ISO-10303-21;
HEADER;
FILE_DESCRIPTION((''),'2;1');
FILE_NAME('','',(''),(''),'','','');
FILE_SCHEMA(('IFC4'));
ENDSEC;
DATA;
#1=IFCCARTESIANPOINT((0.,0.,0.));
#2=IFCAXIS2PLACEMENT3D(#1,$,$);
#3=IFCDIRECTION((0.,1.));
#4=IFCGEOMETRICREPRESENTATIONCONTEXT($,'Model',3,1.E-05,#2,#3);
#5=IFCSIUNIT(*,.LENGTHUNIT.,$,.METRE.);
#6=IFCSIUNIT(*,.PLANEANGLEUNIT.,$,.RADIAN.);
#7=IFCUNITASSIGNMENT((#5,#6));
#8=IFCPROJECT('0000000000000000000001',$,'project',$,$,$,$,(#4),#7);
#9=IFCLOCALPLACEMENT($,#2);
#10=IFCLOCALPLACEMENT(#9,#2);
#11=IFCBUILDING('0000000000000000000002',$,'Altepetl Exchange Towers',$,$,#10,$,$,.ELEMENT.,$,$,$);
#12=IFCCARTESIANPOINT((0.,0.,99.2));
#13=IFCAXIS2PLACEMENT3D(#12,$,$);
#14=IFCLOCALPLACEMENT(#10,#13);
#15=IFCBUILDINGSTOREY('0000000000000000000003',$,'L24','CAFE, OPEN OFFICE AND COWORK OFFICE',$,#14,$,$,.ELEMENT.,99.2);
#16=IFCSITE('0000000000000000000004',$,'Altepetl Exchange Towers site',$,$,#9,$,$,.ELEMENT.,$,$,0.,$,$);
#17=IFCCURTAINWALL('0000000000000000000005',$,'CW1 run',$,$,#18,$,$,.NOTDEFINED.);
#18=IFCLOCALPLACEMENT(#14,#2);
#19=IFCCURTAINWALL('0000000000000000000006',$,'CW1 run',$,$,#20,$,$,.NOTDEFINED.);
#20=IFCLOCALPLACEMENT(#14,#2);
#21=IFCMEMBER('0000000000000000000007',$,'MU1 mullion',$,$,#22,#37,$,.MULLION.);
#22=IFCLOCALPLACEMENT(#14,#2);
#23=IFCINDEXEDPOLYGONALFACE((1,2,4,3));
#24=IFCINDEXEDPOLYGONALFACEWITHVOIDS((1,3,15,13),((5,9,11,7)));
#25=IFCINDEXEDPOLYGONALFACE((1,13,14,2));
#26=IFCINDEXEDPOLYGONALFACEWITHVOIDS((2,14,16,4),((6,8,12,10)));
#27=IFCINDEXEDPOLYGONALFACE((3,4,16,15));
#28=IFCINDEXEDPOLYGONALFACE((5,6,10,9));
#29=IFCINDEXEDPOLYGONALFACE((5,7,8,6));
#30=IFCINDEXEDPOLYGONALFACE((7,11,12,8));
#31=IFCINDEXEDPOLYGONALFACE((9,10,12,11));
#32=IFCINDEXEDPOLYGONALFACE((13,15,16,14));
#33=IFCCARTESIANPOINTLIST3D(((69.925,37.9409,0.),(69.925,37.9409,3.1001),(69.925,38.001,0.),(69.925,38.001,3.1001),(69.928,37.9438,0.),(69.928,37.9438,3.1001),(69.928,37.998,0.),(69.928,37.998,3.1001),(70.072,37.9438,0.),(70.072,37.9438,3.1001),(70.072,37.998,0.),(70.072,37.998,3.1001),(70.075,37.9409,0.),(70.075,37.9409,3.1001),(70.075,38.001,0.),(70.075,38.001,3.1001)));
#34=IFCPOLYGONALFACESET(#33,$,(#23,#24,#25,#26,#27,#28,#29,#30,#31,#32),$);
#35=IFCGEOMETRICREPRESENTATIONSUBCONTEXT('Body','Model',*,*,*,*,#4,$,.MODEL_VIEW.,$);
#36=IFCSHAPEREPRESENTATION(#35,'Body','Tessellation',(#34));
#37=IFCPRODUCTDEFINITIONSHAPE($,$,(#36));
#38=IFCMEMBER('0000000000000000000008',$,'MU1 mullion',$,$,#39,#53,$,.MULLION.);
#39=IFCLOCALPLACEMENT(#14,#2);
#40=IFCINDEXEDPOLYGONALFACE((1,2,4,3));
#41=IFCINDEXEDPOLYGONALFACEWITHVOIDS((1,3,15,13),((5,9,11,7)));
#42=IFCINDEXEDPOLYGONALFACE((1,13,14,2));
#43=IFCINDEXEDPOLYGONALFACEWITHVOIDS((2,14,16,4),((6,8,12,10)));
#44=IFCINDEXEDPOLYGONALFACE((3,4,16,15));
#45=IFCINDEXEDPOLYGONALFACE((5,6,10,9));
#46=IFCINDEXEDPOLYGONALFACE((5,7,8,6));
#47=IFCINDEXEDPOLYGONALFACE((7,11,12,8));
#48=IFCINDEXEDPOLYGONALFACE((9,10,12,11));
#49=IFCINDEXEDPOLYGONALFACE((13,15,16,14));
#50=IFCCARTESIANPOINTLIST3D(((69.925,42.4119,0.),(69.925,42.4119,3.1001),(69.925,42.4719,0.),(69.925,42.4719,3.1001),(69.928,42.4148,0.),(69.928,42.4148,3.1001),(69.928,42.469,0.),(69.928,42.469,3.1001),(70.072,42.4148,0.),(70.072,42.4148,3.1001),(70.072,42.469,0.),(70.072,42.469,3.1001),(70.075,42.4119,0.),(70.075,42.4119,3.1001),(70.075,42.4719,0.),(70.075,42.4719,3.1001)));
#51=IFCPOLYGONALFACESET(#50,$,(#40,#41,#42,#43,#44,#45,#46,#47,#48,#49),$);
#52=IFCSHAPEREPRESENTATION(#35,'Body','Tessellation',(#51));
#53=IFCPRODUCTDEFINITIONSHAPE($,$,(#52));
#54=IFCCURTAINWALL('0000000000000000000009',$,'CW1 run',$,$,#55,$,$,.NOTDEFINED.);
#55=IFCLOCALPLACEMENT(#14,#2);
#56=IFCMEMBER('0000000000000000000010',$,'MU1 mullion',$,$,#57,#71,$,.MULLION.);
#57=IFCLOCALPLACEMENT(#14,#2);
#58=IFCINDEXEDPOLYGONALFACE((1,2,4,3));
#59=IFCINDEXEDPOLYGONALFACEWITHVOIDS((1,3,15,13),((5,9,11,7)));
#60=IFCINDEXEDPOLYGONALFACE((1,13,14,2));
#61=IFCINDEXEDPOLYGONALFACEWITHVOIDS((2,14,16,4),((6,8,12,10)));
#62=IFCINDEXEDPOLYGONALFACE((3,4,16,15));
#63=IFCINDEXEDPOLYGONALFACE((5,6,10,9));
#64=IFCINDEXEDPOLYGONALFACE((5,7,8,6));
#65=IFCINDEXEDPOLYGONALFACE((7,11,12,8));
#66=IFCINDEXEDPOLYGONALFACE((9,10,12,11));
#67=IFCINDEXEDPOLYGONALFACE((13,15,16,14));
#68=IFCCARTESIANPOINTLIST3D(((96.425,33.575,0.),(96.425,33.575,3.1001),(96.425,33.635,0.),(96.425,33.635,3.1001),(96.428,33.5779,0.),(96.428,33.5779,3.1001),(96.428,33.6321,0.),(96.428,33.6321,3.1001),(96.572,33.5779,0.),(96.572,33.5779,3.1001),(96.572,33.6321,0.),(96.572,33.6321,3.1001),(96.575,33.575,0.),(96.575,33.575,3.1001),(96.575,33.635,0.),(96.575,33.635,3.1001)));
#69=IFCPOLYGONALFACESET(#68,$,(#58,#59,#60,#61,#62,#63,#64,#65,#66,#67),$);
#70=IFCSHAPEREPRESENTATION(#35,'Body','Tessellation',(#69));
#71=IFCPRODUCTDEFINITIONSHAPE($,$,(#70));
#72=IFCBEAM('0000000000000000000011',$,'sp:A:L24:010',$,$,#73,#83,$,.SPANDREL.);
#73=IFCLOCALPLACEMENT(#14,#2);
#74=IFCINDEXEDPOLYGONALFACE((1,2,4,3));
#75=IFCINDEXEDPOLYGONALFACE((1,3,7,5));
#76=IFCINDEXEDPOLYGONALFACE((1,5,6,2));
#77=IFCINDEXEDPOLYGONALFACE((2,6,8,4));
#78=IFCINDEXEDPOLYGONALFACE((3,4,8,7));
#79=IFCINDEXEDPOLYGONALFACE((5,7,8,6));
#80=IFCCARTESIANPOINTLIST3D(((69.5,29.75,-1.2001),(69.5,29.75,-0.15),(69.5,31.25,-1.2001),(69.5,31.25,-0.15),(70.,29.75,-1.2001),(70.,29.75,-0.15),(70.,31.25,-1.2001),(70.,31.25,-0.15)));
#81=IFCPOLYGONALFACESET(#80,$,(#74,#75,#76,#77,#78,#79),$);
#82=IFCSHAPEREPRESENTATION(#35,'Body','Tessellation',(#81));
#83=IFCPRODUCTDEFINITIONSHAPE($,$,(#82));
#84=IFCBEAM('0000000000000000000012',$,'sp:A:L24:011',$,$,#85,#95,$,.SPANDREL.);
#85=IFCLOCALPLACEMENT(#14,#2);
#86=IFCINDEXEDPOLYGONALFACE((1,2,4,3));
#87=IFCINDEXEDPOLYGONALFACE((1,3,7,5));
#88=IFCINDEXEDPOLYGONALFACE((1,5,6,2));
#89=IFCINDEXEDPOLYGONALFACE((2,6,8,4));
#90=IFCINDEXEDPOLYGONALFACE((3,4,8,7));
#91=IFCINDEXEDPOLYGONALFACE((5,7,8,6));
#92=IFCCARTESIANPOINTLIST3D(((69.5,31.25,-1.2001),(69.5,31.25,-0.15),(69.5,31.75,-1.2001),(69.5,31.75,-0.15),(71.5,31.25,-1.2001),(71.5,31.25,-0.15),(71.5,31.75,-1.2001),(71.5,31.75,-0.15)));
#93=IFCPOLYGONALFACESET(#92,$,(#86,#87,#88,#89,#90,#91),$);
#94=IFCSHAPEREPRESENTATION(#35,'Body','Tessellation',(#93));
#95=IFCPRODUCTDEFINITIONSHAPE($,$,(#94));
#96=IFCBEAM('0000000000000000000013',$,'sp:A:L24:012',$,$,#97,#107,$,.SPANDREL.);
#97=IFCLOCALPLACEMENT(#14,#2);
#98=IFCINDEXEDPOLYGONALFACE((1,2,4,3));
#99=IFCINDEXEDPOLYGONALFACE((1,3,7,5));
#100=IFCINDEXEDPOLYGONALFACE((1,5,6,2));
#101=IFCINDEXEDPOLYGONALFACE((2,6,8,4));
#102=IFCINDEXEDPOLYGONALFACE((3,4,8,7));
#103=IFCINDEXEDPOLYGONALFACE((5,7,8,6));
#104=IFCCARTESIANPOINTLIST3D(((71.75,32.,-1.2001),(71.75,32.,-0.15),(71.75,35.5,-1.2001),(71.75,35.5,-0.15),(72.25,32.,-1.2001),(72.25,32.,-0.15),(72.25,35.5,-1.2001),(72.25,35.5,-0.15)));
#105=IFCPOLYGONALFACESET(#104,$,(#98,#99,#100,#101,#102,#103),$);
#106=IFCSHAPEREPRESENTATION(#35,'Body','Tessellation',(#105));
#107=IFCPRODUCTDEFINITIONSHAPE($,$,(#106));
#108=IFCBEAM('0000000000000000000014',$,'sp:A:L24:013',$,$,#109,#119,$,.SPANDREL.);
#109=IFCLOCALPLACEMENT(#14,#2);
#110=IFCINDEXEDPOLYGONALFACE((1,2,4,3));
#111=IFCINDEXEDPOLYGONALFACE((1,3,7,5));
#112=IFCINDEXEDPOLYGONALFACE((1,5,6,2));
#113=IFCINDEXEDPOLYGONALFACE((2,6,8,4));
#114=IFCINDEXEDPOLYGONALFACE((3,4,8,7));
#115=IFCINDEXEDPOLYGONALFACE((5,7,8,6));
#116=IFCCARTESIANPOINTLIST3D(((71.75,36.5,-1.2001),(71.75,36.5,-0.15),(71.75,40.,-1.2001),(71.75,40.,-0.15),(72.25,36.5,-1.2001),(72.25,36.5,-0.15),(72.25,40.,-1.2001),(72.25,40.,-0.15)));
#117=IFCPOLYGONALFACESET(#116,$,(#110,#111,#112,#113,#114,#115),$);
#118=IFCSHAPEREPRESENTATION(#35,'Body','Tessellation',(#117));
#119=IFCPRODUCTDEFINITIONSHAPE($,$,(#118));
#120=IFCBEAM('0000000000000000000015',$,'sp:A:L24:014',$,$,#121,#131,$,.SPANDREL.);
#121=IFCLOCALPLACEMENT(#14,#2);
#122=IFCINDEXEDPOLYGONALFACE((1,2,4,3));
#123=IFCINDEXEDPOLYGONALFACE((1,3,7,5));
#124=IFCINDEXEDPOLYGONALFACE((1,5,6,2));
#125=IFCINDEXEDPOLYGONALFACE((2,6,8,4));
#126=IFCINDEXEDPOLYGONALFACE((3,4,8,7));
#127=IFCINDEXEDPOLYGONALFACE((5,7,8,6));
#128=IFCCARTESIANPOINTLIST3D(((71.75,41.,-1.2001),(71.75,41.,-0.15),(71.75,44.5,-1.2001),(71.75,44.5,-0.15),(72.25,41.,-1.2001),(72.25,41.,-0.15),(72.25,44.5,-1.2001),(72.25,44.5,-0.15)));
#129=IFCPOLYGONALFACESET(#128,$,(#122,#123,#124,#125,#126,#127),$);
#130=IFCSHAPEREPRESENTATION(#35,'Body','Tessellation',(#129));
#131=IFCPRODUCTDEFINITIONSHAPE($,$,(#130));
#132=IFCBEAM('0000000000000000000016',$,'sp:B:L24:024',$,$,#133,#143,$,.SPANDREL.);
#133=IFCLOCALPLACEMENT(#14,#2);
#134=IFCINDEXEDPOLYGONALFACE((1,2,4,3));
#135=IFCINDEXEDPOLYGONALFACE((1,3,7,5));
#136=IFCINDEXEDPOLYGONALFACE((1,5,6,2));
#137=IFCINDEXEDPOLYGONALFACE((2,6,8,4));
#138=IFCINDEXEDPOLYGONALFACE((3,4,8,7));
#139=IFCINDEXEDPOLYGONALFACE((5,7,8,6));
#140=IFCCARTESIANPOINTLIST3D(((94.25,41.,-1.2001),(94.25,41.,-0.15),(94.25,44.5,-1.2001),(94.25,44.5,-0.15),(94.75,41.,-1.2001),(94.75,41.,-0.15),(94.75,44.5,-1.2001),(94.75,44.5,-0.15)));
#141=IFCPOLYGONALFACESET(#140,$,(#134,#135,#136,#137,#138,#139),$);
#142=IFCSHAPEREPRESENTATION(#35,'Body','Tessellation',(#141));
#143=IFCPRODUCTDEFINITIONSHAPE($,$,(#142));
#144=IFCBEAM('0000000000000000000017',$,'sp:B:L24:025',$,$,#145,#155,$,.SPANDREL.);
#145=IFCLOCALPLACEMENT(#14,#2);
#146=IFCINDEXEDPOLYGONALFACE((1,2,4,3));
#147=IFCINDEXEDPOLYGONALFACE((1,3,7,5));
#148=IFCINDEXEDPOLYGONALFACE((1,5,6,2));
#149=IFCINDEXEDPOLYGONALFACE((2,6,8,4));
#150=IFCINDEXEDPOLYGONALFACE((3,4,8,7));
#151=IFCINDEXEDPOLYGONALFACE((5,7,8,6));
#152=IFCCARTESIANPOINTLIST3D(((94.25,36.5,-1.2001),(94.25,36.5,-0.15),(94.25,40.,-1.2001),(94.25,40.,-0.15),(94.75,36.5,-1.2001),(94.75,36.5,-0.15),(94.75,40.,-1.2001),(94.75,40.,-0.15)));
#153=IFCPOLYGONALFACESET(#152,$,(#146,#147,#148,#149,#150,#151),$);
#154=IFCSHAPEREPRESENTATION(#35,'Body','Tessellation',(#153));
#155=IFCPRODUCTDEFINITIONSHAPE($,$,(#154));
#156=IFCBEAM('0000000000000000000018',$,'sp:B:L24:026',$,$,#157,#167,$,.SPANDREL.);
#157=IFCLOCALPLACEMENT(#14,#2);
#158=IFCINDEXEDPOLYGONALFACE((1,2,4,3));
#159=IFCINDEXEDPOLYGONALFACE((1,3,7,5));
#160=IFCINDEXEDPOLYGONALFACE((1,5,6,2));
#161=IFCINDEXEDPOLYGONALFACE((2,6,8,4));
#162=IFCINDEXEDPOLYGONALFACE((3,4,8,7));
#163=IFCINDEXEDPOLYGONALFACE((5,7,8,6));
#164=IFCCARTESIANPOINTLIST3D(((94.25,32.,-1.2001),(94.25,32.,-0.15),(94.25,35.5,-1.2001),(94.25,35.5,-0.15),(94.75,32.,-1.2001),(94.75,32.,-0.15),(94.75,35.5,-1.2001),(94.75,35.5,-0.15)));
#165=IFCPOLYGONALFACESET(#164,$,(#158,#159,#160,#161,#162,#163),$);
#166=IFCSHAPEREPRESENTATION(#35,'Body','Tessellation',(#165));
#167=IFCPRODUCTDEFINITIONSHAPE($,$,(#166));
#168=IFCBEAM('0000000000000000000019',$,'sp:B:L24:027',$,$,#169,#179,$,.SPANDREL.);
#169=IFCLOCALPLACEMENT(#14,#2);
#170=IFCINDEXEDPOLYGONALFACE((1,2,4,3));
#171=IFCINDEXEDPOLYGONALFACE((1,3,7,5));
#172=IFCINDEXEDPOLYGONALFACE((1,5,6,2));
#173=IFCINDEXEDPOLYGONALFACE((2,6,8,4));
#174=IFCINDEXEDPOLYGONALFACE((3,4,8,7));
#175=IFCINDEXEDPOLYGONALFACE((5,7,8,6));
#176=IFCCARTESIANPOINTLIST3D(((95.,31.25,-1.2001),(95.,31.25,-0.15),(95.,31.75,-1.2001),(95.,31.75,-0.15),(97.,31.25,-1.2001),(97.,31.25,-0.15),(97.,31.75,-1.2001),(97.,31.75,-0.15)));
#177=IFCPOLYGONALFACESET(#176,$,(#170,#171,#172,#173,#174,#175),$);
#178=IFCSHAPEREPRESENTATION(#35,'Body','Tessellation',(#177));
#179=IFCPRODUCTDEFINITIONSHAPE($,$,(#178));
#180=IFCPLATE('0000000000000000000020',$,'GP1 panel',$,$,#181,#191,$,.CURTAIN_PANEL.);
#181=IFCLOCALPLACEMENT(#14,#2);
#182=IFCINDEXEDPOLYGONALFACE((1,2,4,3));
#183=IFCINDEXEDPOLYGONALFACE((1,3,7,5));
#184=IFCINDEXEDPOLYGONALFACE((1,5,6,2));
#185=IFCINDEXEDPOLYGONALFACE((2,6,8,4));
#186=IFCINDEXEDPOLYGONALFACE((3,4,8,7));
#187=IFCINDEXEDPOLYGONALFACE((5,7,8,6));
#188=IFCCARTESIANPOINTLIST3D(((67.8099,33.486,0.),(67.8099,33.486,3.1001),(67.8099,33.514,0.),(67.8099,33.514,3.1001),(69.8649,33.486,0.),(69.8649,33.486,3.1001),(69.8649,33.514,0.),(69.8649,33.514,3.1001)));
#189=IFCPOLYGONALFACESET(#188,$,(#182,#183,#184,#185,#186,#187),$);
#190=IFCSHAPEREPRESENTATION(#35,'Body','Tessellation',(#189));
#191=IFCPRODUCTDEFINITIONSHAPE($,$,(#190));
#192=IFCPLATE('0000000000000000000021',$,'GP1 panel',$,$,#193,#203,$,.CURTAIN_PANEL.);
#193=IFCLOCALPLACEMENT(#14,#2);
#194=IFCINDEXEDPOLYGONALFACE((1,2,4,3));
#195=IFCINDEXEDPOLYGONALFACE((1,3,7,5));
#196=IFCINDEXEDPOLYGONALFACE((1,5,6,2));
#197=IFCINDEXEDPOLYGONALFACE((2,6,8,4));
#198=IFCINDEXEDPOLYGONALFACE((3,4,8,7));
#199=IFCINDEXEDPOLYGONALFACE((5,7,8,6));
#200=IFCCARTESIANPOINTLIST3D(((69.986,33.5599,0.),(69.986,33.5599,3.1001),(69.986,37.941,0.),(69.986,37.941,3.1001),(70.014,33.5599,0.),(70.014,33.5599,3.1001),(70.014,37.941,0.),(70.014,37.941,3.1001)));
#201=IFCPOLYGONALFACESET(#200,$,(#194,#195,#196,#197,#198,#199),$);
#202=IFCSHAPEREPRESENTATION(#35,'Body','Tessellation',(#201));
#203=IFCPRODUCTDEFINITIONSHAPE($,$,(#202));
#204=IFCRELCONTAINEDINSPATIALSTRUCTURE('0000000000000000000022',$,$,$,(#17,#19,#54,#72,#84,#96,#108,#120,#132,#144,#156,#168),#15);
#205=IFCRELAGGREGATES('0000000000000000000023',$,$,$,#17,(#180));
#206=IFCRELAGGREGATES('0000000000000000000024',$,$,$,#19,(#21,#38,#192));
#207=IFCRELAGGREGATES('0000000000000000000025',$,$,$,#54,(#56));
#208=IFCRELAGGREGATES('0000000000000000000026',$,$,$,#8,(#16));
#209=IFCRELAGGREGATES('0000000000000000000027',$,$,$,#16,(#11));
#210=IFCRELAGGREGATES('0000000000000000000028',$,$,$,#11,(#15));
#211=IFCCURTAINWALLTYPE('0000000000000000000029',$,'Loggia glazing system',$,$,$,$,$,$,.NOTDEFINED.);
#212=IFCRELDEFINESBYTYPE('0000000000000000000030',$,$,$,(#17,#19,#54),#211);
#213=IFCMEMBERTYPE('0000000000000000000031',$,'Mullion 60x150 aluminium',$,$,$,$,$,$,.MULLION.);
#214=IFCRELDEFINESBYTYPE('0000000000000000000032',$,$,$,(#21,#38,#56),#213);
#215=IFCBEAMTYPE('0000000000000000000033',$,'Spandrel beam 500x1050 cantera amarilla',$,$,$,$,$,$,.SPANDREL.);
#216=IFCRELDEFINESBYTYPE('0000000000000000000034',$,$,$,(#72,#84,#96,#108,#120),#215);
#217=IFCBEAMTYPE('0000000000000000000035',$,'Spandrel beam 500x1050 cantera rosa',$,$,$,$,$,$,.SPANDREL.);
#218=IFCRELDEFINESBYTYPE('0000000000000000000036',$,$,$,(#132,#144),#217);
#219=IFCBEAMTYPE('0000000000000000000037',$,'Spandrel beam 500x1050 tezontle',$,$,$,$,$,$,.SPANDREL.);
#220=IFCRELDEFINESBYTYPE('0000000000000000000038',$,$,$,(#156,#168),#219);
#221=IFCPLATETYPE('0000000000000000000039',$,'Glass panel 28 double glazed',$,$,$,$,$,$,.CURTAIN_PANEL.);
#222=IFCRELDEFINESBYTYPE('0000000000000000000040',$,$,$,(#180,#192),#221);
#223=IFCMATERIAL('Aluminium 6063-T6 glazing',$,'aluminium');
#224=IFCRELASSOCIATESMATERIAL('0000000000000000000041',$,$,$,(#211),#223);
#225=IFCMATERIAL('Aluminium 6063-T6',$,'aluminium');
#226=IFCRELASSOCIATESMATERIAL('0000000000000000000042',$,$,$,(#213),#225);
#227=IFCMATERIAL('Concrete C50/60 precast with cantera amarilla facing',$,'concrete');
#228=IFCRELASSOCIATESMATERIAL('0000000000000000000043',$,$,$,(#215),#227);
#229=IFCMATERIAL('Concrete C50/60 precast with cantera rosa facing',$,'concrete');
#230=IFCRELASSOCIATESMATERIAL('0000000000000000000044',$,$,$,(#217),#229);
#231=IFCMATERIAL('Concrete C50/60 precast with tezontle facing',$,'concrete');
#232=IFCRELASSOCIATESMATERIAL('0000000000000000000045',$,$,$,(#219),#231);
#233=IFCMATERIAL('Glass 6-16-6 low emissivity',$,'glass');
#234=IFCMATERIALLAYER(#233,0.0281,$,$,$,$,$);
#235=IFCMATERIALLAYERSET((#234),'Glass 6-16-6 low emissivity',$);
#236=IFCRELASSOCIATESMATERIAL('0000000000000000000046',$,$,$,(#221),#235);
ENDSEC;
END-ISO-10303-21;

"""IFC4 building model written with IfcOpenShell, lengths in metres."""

from ifc_helpers import new_model, si_unit, direction, frame, origin, origin_2d, place, context, subcontext, project, spatial, rectangle, hollow_rectangle, extrude, material, layer, layer_set, material_profile, profile_set, type_object, element, aggregate, save


model = new_model("IFC4")

# Units and contexts
model_context = context("Model", 3, precision=1e-05, world=origin(), true_north=direction((0.0, 1.0)))
body_context = subcontext(model_context, "Body", "Model", "MODEL_VIEW")
ifc_project = project(units=[si_unit("LENGTHUNIT", "METRE"), si_unit("PLANEANGLEUNIT", "RADIAN")], contexts=[model_context])

# Site, building, storey
site_placement = place(None, origin())
site = spatial("IfcSite", under=ifc_project, at=site_placement, Name="Altepetl Exchange Towers site", CompositionType="ELEMENT", RefElevation=0.0)
building_placement = place(site_placement, origin())
building = spatial("IfcBuilding", under=site, at=building_placement, Name="Altepetl Exchange Towers", CompositionType="ELEMENT")
storey_placement = place(building_placement, frame((0.0, 0.0, 99.2)))
storey = spatial("IfcBuildingStorey", under=building, at=storey_placement, Name="L24", Description="CAFE, OPEN OFFICE AND COWORK OFFICE", CompositionType="ELEMENT", Elevation=99.2)

# Curtain wall
ifc_material_1 = material(Name="Aluminium 6063-T6 glazing", Category="aluminium")
curtain_wall_type = type_object("IfcCurtainWallType", Name="Loggia glazing system", PredefinedType="NOTDEFINED", material=ifc_material_1)
curtain_wall_1_placement = place(storey_placement, origin())
curtain_wall_1 = element("IfcCurtainWall", 1, at=curtain_wall_1_placement, inside=storey, type_object=curtain_wall_type, Name="CW1 run", PredefinedType="NOTDEFINED")
ifc_material_2 = material(Name="Aluminium 6063-T6", Category="aluminium")
ifc_material_profile_1 = material_profile(ifc_material_2, hollow_rectangle(XDim=0.0601, YDim=0.1499, WallThickness=0.0029, at=origin_2d()), Name="Mullion 60x150 aluminium")
ifc_profile_set_1 = profile_set([ifc_material_profile_1], Name="Aluminium 6063-T6")
member_type = type_object("IfcMemberType", Name="Mullion 60x150 aluminium", PredefinedType="MULLION", material=ifc_profile_set_1)

# Curtain wall, members
curtain_wall_2_placement = place(storey_placement, origin())
curtain_wall_2 = element("IfcCurtainWall", 2, at=curtain_wall_2_placement, inside=storey, type_object=curtain_wall_type, Name="CW1 run", PredefinedType="NOTDEFINED")
member_1_placement = place(storey_placement, frame((70.0, 37.9709, 0.0), z_axis=(0.0, 0.0, 1.0), x_axis=(0.0, 1.0, 0.0)))
member_1 = element("IfcMember", 3, at=member_1_placement, type_object=member_type, Name="MU1 mullion", PredefinedType="MULLION", context=body_context, shape_type="SweptSolid", body=[
    extrude(hollow_rectangle(XDim=0.0601, YDim=0.1499, WallThickness=0.0029, at=origin_2d()), origin(), (0.0, 0.0, 1.0), 3.1001),
])
member_2_placement = place(storey_placement, frame((70.0, 42.4419, 0.0), z_axis=(0.0, 0.0, 1.0), x_axis=(0.0, 1.0, 0.0)))
member_2 = element("IfcMember", 4, at=member_2_placement, type_object=member_type, Name="MU1 mullion", PredefinedType="MULLION", context=body_context, shape_type="SweptSolid", body=[
    extrude(hollow_rectangle(XDim=0.0601, YDim=0.1499, WallThickness=0.0029, at=origin_2d()), origin(), (0.0, 0.0, 1.0), 3.1001),
])

# Curtain wall, member
curtain_wall_3_placement = place(storey_placement, origin())
curtain_wall_3 = element("IfcCurtainWall", 5, at=curtain_wall_3_placement, inside=storey, type_object=curtain_wall_type, Name="CW1 run", PredefinedType="NOTDEFINED")
member_3_placement = place(storey_placement, frame((96.5, 33.605, 0.0), z_axis=(0.0, 0.0, 1.0), x_axis=(0.0, -1.0, 0.0)))
member_3 = element("IfcMember", 6, at=member_3_placement, type_object=member_type, Name="MU1 mullion", PredefinedType="MULLION", context=body_context, shape_type="SweptSolid", body=[
    extrude(hollow_rectangle(XDim=0.0601, YDim=0.1499, WallThickness=0.0029, at=origin_2d()), origin(), (0.0, 0.0, 1.0), 3.1001),
])

# Beams
ifc_material_3 = material(Name="Concrete C50/60 precast with cantera amarilla facing", Category="concrete")
ifc_material_profile_2 = material_profile(ifc_material_3, rectangle(XDim=0.5, YDim=1.05, at=origin_2d()), Name="500 x 1050")
ifc_profile_set_2 = profile_set([ifc_material_profile_2], Name="Concrete C50/60 precast with cantera amarilla facing")
beam_type_1 = type_object("IfcBeamType", Name="Spandrel beam 500x1050 cantera amarilla", PredefinedType="SPANDREL", material=ifc_profile_set_2)
beam_1_placement = place(storey_placement, frame((69.75, 29.75, -0.675), z_axis=(0.0, 1.0, 0.0), x_axis=(-1.0, 0.0, 0.0)))
element("IfcBeam", 7, at=beam_1_placement, inside=storey, type_object=beam_type_1, Name="sp:A:L24:010", PredefinedType="SPANDREL", context=body_context, shape_type="SweptSolid", body=[
    extrude(rectangle(XDim=0.5, YDim=1.05, at=origin_2d()), origin(), (0.0, 0.0, 1.0), 1.5),
])
beam_2_placement = place(storey_placement, frame((69.5, 31.5, -0.675), z_axis=(1.0, 0.0, 0.0), x_axis=(0.0, 1.0, 0.0)))
element("IfcBeam", 8, at=beam_2_placement, inside=storey, type_object=beam_type_1, Name="sp:A:L24:011", PredefinedType="SPANDREL", context=body_context, shape_type="SweptSolid", body=[
    extrude(rectangle(XDim=0.5, YDim=1.05, at=origin_2d()), origin(), (0.0, 0.0, 1.0), 2.0),
])
for number, where, z_axis, x_axis, name in (
    (9, (72.0, 32.0, -0.675), (0.0, 1.0, 0.0), (-1.0, 0.0, 0.0), "sp:A:L24:012"),
    (10, (72.0, 36.5, -0.675), (0.0, 1.0, 0.0), (-1.0, 0.0, 0.0), "sp:A:L24:013"),
    (11, (72.0, 41.0, -0.675), (0.0, 1.0, 0.0), (-1.0, 0.0, 0.0), "sp:A:L24:014"),
):
    element("IfcBeam", number, at=place(storey_placement, frame(where, z_axis=z_axis, x_axis=x_axis)), inside=storey, type_object=beam_type_1, Name=name, PredefinedType="SPANDREL", context=body_context, shape_type="SweptSolid", body=[
        extrude(rectangle(XDim=0.5, YDim=1.05, at=origin_2d()), origin(), (0.0, 0.0, 1.0), 3.5),
    ])
ifc_material_4 = material(Name="Concrete C50/60 precast with cantera rosa facing", Category="concrete")
ifc_material_profile_3 = material_profile(ifc_material_4, rectangle(XDim=0.5, YDim=1.05, at=origin_2d()), Name="500 x 1050")
ifc_profile_set_3 = profile_set([ifc_material_profile_3], Name="Concrete C50/60 precast with cantera rosa facing")
beam_type_2 = type_object("IfcBeamType", Name="Spandrel beam 500x1050 cantera rosa", PredefinedType="SPANDREL", material=ifc_profile_set_3)
for number, where, z_axis, x_axis, name in (
    (12, (94.5, 44.5, -0.675), (0.0, -1.0, 0.0), (1.0, 0.0, 0.0), "sp:B:L24:024"),
    (13, (94.5, 40.0, -0.675), (0.0, -1.0, 0.0), (1.0, 0.0, 0.0), "sp:B:L24:025"),
):
    element("IfcBeam", number, at=place(storey_placement, frame(where, z_axis=z_axis, x_axis=x_axis)), inside=storey, type_object=beam_type_2, Name=name, PredefinedType="SPANDREL", context=body_context, shape_type="SweptSolid", body=[
        extrude(rectangle(XDim=0.5, YDim=1.05, at=origin_2d()), origin(), (0.0, 0.0, 1.0), 3.5),
    ])
ifc_material_5 = material(Name="Concrete C50/60 precast with tezontle facing", Category="concrete")
ifc_material_profile_4 = material_profile(ifc_material_5, rectangle(XDim=0.5, YDim=1.05, at=origin_2d()), Name="500 x 1050")
ifc_profile_set_4 = profile_set([ifc_material_profile_4], Name="Concrete C50/60 precast with tezontle facing")
beam_type_3 = type_object("IfcBeamType", Name="Spandrel beam 500x1050 tezontle", PredefinedType="SPANDREL", material=ifc_profile_set_4)
beam_3_placement = place(storey_placement, frame((94.5, 35.5, -0.675), z_axis=(0.0, -1.0, 0.0), x_axis=(1.0, 0.0, 0.0)))
element("IfcBeam", 14, at=beam_3_placement, inside=storey, type_object=beam_type_3, Name="sp:B:L24:026", PredefinedType="SPANDREL", context=body_context, shape_type="SweptSolid", body=[
    extrude(rectangle(XDim=0.5, YDim=1.05, at=origin_2d()), origin(), (0.0, 0.0, 1.0), 3.5),
])
beam_4_placement = place(storey_placement, frame((95.0, 31.5, -0.675), z_axis=(1.0, 0.0, 0.0), x_axis=(0.0, 1.0, 0.0)))
element("IfcBeam", 15, at=beam_4_placement, inside=storey, type_object=beam_type_3, Name="sp:B:L24:027", PredefinedType="SPANDREL", context=body_context, shape_type="SweptSolid", body=[
    extrude(rectangle(XDim=0.5, YDim=1.05, at=origin_2d()), origin(), (0.0, 0.0, 1.0), 2.0),
])

# Plates
ifc_material_6 = material(Name="Glass 6-16-6 low emissivity", Category="glass")
ifc_layer = layer(ifc_material_6, 0.0281)
ifc_layer_set = layer_set([ifc_layer], Name="Glass 6-16-6 low emissivity")
plate_type = type_object("IfcPlateType", Name="Glass panel 28 double glazed", PredefinedType="CURTAIN_PANEL", material=ifc_layer_set)
plate_1_placement = place(storey_placement, frame((68.8374, 33.5, 0.0)))
plate_1 = element("IfcPlate", 16, at=plate_1_placement, type_object=plate_type, Name="GP1 panel", PredefinedType="CURTAIN_PANEL", context=body_context, shape_type="SweptSolid", body=[
    extrude(rectangle(XDim=2.0549, YDim=0.0281, at=origin_2d()), origin(), (0.0, 0.0, 1.0), 3.1001),
])
aggregate(curtain_wall_1, [plate_1])
plate_2_placement = place(storey_placement, frame((70.0, 35.7505, 0.0), z_axis=(0.0, 0.0, 1.0), x_axis=(0.0, 1.0, 0.0)))
plate_2 = element("IfcPlate", 17, at=plate_2_placement, type_object=plate_type, Name="GP1 panel", PredefinedType="CURTAIN_PANEL", context=body_context, shape_type="SweptSolid", body=[
    extrude(rectangle(XDim=4.3811, YDim=0.0281, at=origin_2d()), origin(), (0.0, 0.0, 1.0), 3.1001),
])
aggregate(curtain_wall_2, [member_1, member_2, plate_2])
aggregate(curtain_wall_3, [member_3])

save(model, "model.ifc")
